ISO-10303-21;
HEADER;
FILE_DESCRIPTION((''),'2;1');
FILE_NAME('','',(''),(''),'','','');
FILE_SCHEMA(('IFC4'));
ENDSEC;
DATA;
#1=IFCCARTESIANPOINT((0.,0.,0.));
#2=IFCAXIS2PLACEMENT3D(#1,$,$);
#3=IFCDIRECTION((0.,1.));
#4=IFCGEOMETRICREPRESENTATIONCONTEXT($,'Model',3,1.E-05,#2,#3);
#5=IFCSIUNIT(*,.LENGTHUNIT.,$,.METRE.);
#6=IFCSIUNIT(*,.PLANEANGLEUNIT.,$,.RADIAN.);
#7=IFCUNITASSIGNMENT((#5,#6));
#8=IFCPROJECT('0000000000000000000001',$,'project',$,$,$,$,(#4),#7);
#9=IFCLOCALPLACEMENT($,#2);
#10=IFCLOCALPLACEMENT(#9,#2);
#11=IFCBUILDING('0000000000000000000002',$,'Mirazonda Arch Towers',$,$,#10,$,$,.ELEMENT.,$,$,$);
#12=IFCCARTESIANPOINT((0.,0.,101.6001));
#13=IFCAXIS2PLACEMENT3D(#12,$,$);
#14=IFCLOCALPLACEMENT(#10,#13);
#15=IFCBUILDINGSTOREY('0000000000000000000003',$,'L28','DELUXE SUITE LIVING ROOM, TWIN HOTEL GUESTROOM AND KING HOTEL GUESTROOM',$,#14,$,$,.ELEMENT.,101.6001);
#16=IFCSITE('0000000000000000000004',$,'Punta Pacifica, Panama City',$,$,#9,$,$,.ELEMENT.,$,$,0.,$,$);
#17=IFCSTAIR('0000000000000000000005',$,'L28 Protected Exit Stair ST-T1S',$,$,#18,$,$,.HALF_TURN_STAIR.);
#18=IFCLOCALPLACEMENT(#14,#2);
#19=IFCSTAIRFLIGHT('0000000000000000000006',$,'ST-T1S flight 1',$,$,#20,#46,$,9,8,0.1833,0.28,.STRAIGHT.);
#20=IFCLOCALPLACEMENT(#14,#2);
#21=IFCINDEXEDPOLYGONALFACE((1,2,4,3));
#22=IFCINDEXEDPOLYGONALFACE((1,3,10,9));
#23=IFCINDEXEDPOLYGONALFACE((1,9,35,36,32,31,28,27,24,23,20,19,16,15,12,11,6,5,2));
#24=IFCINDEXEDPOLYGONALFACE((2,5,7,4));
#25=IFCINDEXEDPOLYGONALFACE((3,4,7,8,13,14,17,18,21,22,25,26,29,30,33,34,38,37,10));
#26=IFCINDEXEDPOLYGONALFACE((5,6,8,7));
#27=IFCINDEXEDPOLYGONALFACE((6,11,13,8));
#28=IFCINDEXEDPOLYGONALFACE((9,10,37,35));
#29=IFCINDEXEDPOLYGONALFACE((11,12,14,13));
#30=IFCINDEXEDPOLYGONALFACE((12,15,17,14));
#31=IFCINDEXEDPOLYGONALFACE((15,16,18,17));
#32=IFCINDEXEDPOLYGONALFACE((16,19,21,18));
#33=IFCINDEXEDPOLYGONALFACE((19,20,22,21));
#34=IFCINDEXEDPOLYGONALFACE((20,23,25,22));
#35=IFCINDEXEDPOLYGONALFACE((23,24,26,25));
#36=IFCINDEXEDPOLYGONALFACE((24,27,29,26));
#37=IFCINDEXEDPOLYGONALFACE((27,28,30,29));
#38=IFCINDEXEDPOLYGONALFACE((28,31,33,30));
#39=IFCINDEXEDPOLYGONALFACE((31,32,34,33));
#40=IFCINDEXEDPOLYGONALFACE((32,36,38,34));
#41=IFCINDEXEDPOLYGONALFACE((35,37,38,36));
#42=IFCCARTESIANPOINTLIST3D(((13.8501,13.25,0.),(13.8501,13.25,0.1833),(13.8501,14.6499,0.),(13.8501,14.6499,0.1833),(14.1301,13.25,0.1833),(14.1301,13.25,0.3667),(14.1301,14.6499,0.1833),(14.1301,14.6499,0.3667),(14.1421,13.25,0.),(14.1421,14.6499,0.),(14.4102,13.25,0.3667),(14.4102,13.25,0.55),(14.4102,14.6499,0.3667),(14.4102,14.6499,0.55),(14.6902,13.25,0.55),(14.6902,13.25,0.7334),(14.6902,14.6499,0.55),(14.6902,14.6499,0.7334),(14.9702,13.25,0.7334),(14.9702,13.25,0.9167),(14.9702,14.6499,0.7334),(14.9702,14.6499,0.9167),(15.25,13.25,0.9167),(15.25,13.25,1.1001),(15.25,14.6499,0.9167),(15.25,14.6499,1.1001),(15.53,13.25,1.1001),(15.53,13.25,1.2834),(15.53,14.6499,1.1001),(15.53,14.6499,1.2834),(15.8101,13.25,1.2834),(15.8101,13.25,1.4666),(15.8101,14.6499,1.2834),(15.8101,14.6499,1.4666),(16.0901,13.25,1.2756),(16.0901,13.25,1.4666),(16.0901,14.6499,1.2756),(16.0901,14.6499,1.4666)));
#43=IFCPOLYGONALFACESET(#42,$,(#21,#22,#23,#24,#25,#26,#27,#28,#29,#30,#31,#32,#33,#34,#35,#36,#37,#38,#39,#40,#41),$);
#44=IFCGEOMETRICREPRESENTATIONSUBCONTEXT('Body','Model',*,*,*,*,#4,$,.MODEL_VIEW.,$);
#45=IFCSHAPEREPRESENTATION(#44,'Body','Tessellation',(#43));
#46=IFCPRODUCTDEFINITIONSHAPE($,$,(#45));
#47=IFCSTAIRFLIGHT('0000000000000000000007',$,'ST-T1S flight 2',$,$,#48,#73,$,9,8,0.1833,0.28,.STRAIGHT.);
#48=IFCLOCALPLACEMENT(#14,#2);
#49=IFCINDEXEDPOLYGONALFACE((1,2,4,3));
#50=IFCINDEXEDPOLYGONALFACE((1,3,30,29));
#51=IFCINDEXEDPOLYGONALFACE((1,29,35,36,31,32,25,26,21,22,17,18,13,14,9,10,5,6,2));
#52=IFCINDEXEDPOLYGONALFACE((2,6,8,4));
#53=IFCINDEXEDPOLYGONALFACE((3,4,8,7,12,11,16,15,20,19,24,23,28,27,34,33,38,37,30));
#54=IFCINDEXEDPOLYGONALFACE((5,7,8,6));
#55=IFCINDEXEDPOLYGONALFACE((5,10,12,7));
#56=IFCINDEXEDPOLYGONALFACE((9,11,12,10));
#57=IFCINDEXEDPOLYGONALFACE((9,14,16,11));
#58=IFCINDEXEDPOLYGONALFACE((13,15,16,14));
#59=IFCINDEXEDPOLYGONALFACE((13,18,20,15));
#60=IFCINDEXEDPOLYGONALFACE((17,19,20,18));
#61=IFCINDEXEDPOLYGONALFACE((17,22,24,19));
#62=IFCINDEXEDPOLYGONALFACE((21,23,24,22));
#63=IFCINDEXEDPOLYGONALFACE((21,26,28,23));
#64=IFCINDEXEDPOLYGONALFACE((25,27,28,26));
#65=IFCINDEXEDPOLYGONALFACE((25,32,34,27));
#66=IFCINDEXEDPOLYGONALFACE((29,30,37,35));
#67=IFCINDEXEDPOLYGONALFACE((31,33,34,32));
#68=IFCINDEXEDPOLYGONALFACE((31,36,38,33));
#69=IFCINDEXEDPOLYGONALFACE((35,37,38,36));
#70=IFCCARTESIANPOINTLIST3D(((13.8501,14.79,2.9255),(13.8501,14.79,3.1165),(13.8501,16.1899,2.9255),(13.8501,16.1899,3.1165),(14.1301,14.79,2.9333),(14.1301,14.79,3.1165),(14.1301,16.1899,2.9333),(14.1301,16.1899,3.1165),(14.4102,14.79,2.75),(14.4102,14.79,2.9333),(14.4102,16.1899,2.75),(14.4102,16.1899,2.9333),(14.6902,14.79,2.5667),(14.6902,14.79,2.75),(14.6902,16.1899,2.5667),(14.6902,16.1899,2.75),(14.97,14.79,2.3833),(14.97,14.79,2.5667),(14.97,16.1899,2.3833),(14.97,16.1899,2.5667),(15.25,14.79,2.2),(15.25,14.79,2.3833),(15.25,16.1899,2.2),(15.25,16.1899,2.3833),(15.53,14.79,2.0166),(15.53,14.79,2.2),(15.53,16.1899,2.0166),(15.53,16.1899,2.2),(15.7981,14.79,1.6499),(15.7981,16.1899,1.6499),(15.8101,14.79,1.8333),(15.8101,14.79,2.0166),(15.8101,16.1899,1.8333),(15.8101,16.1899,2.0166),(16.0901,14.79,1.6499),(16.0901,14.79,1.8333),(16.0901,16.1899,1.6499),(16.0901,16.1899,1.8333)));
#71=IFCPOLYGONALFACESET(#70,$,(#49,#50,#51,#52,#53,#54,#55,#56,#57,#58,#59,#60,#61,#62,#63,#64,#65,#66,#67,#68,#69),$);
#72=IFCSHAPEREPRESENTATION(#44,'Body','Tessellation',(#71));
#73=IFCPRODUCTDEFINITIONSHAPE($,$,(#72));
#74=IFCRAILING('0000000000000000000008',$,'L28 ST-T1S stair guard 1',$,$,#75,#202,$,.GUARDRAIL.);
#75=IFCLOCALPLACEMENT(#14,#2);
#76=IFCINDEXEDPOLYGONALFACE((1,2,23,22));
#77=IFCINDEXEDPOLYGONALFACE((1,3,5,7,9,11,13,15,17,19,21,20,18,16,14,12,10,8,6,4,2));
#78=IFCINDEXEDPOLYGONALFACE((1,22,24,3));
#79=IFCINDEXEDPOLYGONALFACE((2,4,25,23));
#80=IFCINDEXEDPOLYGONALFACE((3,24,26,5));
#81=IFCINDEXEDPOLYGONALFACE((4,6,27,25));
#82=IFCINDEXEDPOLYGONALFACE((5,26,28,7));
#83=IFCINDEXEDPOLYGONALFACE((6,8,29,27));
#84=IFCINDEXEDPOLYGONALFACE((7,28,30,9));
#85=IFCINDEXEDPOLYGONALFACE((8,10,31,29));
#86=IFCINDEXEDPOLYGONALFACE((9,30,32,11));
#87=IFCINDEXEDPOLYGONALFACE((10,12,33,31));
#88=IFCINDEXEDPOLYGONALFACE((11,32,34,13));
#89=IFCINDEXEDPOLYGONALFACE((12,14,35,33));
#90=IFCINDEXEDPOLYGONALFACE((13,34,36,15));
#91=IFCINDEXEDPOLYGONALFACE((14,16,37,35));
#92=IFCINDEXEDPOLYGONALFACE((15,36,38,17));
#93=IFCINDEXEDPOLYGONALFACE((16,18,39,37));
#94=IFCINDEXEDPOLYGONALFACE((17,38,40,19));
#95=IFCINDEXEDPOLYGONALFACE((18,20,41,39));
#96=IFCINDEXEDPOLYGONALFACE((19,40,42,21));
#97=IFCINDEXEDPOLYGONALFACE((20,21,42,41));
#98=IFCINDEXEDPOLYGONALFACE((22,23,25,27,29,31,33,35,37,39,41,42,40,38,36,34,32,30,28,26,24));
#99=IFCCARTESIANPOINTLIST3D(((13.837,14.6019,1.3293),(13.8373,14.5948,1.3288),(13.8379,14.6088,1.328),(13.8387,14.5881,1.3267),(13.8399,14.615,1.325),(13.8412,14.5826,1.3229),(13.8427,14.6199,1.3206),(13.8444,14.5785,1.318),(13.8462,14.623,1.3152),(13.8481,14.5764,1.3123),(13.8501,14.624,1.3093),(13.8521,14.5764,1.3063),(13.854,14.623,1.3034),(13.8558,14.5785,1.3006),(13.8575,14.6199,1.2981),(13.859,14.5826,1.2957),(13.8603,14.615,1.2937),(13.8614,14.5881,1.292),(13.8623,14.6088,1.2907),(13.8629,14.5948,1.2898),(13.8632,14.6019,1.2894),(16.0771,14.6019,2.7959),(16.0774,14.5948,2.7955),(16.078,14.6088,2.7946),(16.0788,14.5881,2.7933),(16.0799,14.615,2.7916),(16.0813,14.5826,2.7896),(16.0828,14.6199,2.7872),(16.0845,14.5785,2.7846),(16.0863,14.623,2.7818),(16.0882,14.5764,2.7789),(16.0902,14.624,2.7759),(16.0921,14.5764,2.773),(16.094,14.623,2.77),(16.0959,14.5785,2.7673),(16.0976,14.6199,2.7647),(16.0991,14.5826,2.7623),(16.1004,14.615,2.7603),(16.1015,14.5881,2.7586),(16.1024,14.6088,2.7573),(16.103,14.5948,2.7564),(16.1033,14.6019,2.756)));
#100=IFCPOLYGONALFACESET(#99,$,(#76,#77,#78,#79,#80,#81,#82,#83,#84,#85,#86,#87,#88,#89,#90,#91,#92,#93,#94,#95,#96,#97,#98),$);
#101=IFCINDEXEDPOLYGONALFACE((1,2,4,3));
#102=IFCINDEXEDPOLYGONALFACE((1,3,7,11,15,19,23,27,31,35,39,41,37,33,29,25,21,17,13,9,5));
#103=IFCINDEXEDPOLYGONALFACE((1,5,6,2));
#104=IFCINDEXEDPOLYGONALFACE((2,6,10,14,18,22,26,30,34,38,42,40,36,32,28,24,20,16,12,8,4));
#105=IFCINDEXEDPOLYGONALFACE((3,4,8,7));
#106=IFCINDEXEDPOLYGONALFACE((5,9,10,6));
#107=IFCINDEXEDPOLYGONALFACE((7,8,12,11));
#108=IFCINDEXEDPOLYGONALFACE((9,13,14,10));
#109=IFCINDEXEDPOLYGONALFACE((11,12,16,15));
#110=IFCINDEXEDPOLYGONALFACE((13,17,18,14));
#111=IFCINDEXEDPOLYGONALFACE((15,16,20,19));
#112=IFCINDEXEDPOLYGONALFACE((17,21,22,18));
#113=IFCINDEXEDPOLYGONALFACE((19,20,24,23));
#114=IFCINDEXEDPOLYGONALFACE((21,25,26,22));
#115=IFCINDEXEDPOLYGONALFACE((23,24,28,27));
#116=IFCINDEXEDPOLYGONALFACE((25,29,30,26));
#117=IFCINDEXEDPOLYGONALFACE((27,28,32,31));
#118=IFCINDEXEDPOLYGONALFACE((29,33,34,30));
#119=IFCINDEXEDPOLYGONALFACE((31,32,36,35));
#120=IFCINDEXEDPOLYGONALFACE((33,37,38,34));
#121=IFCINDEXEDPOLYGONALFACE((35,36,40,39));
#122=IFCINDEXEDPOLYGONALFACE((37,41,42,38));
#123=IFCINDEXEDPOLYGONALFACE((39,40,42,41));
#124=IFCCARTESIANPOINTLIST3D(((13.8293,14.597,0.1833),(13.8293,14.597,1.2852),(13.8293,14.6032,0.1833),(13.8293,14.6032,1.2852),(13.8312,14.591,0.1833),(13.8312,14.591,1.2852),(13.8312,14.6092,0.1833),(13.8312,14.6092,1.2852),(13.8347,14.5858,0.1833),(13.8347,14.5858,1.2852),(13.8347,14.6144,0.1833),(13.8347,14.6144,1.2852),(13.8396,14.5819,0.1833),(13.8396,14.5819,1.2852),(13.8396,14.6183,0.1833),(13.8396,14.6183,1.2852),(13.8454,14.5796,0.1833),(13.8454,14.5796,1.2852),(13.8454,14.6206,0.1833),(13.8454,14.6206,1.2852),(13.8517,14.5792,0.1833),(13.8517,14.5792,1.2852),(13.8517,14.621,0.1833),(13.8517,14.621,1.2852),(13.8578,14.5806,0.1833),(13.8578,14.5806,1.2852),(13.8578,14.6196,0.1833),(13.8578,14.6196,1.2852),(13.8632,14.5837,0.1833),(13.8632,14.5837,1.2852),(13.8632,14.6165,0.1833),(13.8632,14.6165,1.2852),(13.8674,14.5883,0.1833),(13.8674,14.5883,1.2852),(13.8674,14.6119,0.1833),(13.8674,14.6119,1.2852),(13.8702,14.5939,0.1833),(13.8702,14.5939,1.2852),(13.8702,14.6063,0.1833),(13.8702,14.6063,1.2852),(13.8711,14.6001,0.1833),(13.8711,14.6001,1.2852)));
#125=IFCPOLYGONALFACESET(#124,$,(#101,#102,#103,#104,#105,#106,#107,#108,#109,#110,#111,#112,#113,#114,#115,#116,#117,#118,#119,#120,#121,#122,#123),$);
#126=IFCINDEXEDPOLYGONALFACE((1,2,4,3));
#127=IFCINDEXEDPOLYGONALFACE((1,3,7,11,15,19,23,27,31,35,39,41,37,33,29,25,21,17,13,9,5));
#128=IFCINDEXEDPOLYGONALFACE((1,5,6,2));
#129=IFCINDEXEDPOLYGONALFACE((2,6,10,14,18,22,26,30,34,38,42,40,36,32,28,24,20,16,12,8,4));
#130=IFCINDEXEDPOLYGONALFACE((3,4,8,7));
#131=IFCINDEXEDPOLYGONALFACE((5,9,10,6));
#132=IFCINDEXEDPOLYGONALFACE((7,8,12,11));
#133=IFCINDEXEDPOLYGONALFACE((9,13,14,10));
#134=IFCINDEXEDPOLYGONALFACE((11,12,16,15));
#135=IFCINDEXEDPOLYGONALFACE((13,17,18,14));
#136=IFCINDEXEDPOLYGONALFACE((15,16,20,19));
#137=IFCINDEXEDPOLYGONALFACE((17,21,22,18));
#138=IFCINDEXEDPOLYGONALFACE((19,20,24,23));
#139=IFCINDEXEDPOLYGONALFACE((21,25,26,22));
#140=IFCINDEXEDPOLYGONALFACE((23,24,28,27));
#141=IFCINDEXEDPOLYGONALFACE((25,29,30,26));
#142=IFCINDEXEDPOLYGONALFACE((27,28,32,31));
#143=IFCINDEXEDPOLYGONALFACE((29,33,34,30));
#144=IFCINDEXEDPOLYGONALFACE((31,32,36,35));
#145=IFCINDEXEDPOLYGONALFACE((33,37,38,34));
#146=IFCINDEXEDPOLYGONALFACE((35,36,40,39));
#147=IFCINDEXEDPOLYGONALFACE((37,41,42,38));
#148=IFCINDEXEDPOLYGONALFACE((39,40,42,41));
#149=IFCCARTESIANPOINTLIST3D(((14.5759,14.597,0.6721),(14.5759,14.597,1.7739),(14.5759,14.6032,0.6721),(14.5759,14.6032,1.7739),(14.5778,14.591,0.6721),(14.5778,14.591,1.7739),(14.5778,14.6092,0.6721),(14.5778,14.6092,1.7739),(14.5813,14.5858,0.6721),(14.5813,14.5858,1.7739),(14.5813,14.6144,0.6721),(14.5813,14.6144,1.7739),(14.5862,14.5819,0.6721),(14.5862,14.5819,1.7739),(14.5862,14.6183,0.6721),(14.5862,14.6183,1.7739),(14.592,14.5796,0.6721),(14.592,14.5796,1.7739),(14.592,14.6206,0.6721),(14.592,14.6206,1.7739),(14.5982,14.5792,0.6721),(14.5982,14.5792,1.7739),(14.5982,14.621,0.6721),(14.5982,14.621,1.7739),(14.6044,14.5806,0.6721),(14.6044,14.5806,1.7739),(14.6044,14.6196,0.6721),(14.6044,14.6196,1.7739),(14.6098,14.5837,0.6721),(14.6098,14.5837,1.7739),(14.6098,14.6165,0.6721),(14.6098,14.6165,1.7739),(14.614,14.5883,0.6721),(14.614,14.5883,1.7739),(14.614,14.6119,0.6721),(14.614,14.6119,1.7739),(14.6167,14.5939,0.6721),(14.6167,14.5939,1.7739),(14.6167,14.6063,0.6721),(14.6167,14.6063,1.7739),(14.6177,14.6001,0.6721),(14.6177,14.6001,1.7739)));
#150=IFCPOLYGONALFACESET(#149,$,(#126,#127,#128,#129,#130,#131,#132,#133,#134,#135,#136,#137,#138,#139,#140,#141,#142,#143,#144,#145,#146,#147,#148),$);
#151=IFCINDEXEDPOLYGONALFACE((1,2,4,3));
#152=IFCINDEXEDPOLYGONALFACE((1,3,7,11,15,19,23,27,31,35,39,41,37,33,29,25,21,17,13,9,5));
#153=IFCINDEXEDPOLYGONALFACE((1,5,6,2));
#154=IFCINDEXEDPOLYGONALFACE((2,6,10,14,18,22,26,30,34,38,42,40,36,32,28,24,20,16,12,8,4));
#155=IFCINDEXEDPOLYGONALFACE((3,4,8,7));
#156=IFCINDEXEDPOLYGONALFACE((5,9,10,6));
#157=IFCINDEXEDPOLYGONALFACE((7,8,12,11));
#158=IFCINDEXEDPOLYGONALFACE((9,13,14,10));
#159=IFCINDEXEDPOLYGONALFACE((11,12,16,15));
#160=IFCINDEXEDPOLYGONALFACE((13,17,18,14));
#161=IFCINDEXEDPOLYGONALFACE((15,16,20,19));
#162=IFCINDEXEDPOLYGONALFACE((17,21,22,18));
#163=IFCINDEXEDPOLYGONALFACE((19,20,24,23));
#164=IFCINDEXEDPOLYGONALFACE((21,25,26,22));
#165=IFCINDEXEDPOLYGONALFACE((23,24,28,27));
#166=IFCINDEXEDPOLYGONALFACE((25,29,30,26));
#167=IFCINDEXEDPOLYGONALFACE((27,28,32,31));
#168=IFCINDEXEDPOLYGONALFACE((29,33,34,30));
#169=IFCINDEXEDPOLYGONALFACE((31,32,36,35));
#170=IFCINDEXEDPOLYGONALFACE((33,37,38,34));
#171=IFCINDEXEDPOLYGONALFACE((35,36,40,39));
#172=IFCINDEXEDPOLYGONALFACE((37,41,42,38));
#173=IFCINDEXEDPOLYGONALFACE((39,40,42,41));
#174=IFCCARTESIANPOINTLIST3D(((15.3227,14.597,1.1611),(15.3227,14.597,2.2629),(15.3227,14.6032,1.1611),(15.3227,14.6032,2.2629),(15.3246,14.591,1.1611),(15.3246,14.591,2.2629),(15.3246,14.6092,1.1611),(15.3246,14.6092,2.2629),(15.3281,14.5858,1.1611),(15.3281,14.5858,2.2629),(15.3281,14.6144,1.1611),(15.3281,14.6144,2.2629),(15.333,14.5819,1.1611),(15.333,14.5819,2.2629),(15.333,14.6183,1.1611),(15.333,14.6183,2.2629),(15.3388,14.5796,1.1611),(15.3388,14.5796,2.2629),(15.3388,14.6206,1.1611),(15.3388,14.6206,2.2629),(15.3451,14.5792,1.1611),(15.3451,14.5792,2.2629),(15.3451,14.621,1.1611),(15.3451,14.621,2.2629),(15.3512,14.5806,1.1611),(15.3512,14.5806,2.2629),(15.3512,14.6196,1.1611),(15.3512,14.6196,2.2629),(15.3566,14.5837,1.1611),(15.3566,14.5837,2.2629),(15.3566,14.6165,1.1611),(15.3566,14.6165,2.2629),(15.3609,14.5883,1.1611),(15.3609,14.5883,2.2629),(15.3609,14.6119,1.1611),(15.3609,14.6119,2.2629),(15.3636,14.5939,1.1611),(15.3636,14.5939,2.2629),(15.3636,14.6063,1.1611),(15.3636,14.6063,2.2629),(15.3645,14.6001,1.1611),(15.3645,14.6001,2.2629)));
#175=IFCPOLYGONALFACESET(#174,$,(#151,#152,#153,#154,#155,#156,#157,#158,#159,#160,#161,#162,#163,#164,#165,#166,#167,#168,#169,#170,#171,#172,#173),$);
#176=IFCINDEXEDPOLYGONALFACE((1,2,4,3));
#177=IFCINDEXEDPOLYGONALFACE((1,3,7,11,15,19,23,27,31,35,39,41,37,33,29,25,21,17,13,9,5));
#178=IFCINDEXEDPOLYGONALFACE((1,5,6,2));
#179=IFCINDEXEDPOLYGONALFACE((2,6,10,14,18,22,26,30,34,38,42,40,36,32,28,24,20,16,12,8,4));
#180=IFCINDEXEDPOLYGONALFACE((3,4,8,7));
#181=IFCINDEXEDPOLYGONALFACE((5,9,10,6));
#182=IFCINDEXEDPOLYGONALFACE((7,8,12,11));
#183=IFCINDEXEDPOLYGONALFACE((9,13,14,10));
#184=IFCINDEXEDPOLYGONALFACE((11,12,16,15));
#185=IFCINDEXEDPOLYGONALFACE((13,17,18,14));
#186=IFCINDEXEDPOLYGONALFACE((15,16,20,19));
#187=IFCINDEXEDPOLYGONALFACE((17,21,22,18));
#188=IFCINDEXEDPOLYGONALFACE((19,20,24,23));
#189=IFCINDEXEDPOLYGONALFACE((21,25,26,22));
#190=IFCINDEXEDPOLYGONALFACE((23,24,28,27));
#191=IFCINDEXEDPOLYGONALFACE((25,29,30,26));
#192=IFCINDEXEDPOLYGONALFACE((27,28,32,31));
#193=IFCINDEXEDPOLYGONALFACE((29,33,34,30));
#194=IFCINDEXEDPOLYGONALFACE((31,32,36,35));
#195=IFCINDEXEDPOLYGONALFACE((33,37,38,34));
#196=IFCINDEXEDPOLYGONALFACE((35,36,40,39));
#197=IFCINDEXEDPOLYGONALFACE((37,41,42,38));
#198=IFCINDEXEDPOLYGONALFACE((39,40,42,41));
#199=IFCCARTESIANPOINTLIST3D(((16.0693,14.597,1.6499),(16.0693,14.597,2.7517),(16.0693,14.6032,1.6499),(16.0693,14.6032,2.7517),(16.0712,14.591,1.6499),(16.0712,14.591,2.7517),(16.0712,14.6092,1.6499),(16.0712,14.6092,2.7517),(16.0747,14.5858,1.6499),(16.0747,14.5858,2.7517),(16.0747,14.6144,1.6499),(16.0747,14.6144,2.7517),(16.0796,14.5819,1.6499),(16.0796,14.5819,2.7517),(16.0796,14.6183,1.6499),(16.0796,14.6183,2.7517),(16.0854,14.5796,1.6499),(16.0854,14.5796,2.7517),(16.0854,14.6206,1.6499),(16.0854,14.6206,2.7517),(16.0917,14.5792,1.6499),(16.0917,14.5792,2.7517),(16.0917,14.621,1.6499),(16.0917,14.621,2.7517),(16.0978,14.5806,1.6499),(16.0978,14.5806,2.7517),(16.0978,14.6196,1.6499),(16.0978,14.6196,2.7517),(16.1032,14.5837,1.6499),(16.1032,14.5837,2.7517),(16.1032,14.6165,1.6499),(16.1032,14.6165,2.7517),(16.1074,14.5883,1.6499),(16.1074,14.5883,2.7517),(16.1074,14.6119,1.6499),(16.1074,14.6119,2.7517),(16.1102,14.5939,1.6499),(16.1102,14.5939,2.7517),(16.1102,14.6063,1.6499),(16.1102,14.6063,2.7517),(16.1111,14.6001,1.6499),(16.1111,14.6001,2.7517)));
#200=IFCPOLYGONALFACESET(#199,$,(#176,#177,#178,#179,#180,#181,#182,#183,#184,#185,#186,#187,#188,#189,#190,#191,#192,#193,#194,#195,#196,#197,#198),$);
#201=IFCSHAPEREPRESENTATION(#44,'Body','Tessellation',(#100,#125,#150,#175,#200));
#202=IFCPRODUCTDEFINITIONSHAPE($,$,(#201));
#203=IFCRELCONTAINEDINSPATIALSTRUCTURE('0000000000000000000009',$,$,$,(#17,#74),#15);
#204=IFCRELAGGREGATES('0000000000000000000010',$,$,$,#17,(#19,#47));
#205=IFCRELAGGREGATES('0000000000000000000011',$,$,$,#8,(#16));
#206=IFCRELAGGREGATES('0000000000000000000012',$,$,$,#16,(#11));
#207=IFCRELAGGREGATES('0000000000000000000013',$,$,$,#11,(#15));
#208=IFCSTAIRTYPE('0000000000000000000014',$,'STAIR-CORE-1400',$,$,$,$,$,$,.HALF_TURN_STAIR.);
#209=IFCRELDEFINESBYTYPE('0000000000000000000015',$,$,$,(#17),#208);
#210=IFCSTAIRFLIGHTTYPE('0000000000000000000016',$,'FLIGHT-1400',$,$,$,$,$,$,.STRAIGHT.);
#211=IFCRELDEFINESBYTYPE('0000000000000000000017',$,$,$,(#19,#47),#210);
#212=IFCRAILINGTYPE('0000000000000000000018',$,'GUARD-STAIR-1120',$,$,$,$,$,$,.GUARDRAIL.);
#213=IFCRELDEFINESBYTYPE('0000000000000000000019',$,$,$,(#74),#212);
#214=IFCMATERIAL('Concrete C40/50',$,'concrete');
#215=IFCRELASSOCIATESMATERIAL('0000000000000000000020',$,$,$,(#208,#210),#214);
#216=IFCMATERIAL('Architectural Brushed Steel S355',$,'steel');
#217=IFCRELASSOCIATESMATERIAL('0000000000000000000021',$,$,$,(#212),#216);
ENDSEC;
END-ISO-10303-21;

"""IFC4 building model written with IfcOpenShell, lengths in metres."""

from ifc_helpers import new_model, si_unit, direction, frame, origin, origin_2d, place, context, subcontext, project, spatial, polyline, circle, outline, extrude, material, type_object, element, aggregate, save


model = new_model("IFC4")

# Units and contexts
model_context = context("Model", 3, precision=1e-05, world=origin(), true_north=direction((0.0, 1.0)))
body_context = subcontext(model_context, "Body", "Model", "MODEL_VIEW")
ifc_project = project(units=[si_unit("LENGTHUNIT", "METRE"), si_unit("PLANEANGLEUNIT", "RADIAN")], contexts=[model_context])

# Site, building, storey
site_placement = place(None, origin())
site = spatial("IfcSite", under=ifc_project, at=site_placement, Name="Punta Pacifica, Panama City", CompositionType="ELEMENT", RefElevation=0.0)
building_placement = place(site_placement, origin())
building = spatial("IfcBuilding", under=site, at=building_placement, Name="Mirazonda Arch Towers", CompositionType="ELEMENT")
storey_placement = place(building_placement, frame((0.0, 0.0, 101.6001)))
storey = spatial("IfcBuildingStorey", under=building, at=storey_placement, Name="L28", Description="DELUXE SUITE LIVING ROOM, TWIN HOTEL GUESTROOM AND KING HOTEL GUESTROOM", CompositionType="ELEMENT", Elevation=101.6001)

# Shared definitions
ifc_material_1 = material(Name="Architectural Brushed Steel S355", Category="steel")

# Shared definitions
ifc_material_2 = material(Name="Concrete C40/50", Category="concrete")

# Stair, stair flights
stair_type = type_object("IfcStairType", Name="STAIR-CORE-1400", PredefinedType="HALF_TURN_STAIR", material=ifc_material_2)
stair_placement = place(storey_placement, origin())
stair = element("IfcStair", 1, at=stair_placement, inside=storey, type_object=stair_type, Name="L28 Protected Exit Stair ST-T1S", PredefinedType="HALF_TURN_STAIR")
stair_flight_type = type_object("IfcStairFlightType", Name="FLIGHT-1400", PredefinedType="STRAIGHT", material=ifc_material_2)
stair_flight_1_placement = place(storey_placement, frame((13.8501, 13.95, 0.0), z_axis=(0.0, 0.0, 1.0), x_axis=(1.0, 0.0, 0.0)))
stair_flight_1 = element("IfcStairFlight", 2, at=stair_flight_1_placement, type_object=stair_flight_type, Name="ST-T1S flight 1", NumberOfRisers=9, NumberOfTreads=8, PredefinedType="STRAIGHT", RiserHeight=0.1833, TreadLength=0.28, context=body_context, shape_type="SweptSolid", body=[
    extrude(outline(polyline([(0.0, 0.0), (0.0, 0.1833), (0.28, 0.1833), (0.28, 0.3667), (0.5601, 0.3667), (0.5601, 0.55), (0.8401, 0.55), (0.8401, 0.7334), (1.1201, 0.7334), (1.1201, 0.9167), (1.3999, 0.9167), (1.3999, 1.1001), (1.6799, 1.1001), (1.6799, 1.2834), (1.96, 1.2834), (1.96, 1.4666), (2.24, 1.4666), (2.24, 1.6499), (2.24, 1.2756), (0.292, 0.0), (0.0, 0.0)])), frame((0.0, 0.7, 0.0), z_axis=(0.0, -1.0, 0.0), x_axis=(1.0, 0.0, 0.0)), (0.0, 0.0, 1.0), 1.3999),
])
stair_flight_2_placement = place(storey_placement, frame((16.0901, 15.49, 1.6499), z_axis=(0.0, 0.0, 1.0), x_axis=(-1.0, 0.0, 0.0)))
stair_flight_2 = element("IfcStairFlight", 3, at=stair_flight_2_placement, type_object=stair_flight_type, Name="ST-T1S flight 2", NumberOfRisers=9, NumberOfTreads=8, PredefinedType="STRAIGHT", RiserHeight=0.1833, TreadLength=0.28, context=body_context, shape_type="SweptSolid", body=[
    extrude(outline(polyline([(0.0, 0.0), (0.0, 0.1833), (0.28, 0.1833), (0.28, 0.3667), (0.5601, 0.3667), (0.5601, 0.55), (0.8401, 0.55), (0.8401, 0.7334), (1.1201, 0.7334), (1.1201, 0.9167), (1.3999, 0.9167), (1.3999, 1.1001), (1.6799, 1.1001), (1.6799, 1.2834), (1.96, 1.2834), (1.96, 1.4666), (2.24, 1.4666), (2.24, 1.6499), (2.24, 1.2756), (0.292, 0.0), (0.0, 0.0)])), frame((0.0, 0.7, 0.0), z_axis=(0.0, -1.0, 0.0), x_axis=(1.0, 0.0, 0.0)), (0.0, 0.0, 1.0), 1.3999),
])
aggregate(stair, [stair_flight_1, stair_flight_2])

# Railing
railing_type_1 = type_object("IfcRailingType", Name="GUARD-STAIR-1120", PredefinedType="GUARDRAIL", material=ifc_material_1)
railing_1_placement = place(storey_placement, frame((13.8501, 14.6001, 0.1833)))
element("IfcRailing", 4, at=railing_1_placement, inside=storey, type_object=railing_type_1, Name="L28 ST-T1S stair guard 1", PredefinedType="GUARDRAIL", context=body_context, shape_type="SweptSolid", body=[
    extrude(circle(Radius=0.0239, at=origin_2d()), frame((0.0, 0.0, 1.126), z_axis=(0.836637, 0.0, 0.547758), x_axis=(0.0, 1.0, 0.0)), (0.0, 0.0, 1.0), 2.6775),
    extrude(circle(Radius=0.021, at=origin_2d()), origin(), (0.0, 0.0, 1.0), 1.1018),
    extrude(circle(Radius=0.021, at=origin_2d()), frame((0.7466, 0.0, 0.4888)), (0.0, 0.0, 1.0), 1.1018),
    extrude(circle(Radius=0.021, at=origin_2d()), frame((1.4934, 0.0, 0.9778)), (0.0, 0.0, 1.0), 1.1018),
    extrude(circle(Radius=0.021, at=origin_2d()), frame((2.24, 0.0, 1.4666)), (0.0, 0.0, 1.0), 1.1018),
])

save(model, "model.ifc")
